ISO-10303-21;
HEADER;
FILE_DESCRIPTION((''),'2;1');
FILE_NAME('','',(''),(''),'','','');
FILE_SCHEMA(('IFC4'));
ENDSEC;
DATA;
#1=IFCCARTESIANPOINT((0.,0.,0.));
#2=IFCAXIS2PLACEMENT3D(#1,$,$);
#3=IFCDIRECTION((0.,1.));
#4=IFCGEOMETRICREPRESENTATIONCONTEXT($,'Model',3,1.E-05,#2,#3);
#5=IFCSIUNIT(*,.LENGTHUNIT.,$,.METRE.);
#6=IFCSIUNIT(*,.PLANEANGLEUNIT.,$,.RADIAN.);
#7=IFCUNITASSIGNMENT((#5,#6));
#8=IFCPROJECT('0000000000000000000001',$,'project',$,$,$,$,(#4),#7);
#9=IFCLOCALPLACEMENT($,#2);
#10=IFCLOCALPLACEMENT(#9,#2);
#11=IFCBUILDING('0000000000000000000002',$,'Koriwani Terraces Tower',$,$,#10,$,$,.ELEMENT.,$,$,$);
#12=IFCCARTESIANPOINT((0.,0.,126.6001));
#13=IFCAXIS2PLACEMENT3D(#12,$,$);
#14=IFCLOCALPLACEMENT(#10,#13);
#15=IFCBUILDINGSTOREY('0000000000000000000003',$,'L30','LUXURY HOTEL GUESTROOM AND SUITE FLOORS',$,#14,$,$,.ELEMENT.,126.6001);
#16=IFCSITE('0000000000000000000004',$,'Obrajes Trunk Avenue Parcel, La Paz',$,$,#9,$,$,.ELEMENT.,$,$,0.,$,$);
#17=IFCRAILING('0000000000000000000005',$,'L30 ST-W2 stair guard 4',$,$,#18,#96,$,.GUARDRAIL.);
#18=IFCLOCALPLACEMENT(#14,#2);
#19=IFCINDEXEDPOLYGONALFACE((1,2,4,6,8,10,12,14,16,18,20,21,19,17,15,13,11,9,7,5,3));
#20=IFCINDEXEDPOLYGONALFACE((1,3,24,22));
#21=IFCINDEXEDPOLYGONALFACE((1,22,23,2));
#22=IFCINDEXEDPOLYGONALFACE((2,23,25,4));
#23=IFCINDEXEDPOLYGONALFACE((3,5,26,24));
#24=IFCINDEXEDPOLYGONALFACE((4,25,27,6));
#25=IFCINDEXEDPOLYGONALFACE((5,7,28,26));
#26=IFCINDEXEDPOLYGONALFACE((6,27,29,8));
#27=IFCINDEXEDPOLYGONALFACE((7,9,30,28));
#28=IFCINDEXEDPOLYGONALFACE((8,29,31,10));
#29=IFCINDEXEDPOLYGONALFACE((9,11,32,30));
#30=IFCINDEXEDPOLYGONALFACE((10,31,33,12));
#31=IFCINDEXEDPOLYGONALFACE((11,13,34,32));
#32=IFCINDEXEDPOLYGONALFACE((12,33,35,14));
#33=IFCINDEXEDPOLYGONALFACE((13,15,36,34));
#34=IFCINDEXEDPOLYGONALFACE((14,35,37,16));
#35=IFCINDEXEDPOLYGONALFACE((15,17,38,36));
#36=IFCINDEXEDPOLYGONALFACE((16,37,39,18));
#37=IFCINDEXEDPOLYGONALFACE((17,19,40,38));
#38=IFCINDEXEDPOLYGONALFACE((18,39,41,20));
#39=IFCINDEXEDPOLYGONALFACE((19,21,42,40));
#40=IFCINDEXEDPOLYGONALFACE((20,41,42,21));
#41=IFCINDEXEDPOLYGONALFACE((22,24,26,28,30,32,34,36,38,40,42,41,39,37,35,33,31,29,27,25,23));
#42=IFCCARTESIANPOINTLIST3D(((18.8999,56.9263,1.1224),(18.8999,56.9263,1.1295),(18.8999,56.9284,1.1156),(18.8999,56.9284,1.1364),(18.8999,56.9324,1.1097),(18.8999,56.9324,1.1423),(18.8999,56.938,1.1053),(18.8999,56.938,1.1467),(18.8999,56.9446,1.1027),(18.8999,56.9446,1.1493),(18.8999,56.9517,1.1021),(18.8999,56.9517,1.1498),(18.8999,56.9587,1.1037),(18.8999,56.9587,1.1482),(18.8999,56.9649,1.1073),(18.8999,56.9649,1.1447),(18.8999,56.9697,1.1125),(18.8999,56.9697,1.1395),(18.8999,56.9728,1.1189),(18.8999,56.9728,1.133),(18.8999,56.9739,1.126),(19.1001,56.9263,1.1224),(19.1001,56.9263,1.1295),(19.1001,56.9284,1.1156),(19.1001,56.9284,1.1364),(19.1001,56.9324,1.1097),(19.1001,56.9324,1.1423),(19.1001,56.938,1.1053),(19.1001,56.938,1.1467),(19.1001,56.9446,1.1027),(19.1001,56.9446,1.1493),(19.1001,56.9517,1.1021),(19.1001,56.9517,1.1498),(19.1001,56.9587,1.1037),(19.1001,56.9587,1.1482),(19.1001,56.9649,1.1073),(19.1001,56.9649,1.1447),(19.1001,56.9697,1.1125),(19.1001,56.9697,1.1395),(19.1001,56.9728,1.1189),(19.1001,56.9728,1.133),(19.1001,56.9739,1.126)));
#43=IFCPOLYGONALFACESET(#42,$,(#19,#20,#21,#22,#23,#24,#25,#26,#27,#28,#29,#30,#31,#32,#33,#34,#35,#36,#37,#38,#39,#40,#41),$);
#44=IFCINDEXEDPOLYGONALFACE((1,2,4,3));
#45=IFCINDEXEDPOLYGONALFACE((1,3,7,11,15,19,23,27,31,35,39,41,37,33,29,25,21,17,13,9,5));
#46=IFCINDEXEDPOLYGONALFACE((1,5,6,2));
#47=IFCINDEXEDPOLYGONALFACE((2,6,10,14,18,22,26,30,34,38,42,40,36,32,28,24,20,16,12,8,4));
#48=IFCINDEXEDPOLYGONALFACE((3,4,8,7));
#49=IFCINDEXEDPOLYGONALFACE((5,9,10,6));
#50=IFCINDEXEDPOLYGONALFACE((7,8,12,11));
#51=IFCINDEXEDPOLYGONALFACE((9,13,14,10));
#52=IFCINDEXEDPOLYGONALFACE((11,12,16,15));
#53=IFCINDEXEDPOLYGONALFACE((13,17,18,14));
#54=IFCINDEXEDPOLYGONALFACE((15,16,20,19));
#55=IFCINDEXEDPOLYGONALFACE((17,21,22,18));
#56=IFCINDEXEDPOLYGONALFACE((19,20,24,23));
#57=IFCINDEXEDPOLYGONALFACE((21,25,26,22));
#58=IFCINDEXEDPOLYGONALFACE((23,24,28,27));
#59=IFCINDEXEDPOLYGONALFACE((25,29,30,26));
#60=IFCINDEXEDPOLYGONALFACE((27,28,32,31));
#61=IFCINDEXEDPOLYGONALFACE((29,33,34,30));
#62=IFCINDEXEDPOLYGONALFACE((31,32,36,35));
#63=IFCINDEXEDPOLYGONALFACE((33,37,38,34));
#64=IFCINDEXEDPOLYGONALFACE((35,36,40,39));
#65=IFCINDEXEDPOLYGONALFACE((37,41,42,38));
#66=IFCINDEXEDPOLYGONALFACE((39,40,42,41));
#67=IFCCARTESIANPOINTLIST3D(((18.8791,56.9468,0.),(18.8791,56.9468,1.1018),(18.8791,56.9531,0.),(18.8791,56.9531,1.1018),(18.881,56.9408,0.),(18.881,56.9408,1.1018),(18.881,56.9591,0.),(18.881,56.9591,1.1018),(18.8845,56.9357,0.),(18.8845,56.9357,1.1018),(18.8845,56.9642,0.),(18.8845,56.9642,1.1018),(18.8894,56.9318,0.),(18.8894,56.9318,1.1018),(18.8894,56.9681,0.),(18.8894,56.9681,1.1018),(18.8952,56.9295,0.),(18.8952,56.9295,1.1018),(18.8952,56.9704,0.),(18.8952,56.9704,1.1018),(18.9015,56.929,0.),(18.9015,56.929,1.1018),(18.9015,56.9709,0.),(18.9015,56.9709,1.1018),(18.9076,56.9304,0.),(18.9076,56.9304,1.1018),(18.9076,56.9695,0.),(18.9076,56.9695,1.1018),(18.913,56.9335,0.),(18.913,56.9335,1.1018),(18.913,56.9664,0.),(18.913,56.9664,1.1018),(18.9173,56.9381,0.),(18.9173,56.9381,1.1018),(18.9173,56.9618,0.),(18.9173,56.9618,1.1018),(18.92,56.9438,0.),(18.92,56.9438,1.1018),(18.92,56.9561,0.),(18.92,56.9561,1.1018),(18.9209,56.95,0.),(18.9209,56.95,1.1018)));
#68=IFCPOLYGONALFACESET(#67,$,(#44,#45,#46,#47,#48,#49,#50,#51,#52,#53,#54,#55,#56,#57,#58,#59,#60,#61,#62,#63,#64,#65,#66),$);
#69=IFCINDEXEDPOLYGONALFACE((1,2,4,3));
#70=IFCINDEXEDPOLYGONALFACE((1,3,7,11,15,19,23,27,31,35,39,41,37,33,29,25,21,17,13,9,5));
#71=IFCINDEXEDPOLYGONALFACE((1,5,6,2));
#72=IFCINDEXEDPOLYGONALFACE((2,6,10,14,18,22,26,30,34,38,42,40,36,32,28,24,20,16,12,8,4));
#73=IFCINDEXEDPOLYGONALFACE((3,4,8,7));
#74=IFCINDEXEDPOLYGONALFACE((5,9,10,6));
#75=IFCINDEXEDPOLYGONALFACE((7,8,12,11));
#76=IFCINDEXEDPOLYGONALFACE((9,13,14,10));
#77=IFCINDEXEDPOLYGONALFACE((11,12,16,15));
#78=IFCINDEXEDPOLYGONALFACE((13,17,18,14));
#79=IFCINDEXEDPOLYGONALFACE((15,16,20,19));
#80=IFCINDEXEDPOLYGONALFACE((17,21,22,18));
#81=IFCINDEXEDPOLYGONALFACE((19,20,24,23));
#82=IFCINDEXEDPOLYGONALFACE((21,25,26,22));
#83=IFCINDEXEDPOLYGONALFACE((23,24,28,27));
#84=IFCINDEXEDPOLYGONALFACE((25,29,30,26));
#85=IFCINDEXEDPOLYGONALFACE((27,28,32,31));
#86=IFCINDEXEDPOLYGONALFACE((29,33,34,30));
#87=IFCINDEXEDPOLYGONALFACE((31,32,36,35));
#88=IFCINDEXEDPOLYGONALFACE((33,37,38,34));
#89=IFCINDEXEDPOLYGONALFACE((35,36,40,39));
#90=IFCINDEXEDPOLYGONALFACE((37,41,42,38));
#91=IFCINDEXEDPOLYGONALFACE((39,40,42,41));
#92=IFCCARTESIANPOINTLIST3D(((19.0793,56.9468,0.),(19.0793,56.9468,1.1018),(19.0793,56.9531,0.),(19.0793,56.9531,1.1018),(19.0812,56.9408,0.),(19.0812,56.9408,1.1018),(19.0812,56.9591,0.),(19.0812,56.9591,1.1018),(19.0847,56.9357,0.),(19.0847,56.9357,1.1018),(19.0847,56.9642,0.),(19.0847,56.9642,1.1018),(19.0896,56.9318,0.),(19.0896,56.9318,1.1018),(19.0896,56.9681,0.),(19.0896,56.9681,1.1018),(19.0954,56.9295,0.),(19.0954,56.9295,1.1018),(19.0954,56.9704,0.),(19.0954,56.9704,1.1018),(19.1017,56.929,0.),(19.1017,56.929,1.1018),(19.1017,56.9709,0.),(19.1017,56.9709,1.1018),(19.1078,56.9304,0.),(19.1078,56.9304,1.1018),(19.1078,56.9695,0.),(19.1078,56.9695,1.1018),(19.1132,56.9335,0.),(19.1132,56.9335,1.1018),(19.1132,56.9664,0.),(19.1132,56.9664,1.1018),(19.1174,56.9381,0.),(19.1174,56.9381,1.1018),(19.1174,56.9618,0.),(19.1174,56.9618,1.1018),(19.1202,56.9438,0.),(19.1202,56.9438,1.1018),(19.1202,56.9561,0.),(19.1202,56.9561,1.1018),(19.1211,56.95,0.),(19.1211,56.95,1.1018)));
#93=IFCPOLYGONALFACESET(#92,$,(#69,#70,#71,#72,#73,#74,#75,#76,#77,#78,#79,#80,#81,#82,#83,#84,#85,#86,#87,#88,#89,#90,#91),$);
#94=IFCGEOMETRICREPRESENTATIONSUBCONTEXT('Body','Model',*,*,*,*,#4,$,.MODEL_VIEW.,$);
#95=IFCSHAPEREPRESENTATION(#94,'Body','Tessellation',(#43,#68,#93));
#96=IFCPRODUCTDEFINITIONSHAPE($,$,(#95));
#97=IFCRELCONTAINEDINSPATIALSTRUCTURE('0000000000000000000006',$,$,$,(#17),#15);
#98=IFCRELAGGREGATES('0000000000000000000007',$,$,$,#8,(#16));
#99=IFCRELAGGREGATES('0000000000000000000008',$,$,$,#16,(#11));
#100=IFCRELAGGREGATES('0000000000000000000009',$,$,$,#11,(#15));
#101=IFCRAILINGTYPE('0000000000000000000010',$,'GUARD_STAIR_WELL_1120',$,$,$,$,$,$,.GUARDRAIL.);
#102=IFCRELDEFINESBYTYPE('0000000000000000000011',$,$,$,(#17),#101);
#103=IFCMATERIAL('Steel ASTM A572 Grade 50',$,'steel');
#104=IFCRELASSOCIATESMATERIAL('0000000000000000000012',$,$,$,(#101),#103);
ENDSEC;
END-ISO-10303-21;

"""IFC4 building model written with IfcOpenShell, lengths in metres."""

from ifc_helpers import new_model, si_unit, direction, frame, origin, origin_2d, place, context, subcontext, project, spatial, circle, extrude, material, type_object, element, save


model = new_model("IFC4")

# Units and contexts
model_context = context("Model", 3, precision=1e-05, world=origin(), true_north=direction((0.0, 1.0)))
body_context = subcontext(model_context, "Body", "Model", "MODEL_VIEW")
ifc_project = project(units=[si_unit("LENGTHUNIT", "METRE"), si_unit("PLANEANGLEUNIT", "RADIAN")], contexts=[model_context])

# Site, building, storey
site_placement = place(None, origin())
site = spatial("IfcSite", under=ifc_project, at=site_placement, Name="Obrajes Trunk Avenue Parcel, La Paz", CompositionType="ELEMENT", RefElevation=0.0)
building_placement = place(site_placement, origin())
building = spatial("IfcBuilding", under=site, at=building_placement, Name="Koriwani Terraces Tower", CompositionType="ELEMENT")
storey_placement = place(building_placement, frame((0.0, 0.0, 126.6001)))
storey = spatial("IfcBuildingStorey", under=building, at=storey_placement, Name="L30", Description="LUXURY HOTEL GUESTROOM AND SUITE FLOORS", CompositionType="ELEMENT", Elevation=126.6001)

# Shared definitions
ifc_material_1 = material(Name="Steel ASTM A572 Grade 50", Category="steel")

# Railing
railing_type_1 = type_object("IfcRailingType", Name="GUARD_STAIR_WELL_1120", PredefinedType="GUARDRAIL", material=ifc_material_1)
railing_1_placement = place(storey_placement, frame((18.8999, 56.95, 0.0)))
element("IfcRailing", 1, at=railing_1_placement, inside=storey, type_object=railing_type_1, Name="L30 ST-W2 stair guard 4", PredefinedType="GUARDRAIL", context=body_context, shape_type="SweptSolid", body=[
    extrude(circle(Radius=0.0239, at=origin_2d()), frame((0.0, 0.0, 1.126), z_axis=(1.0, 0.0, 0.0), x_axis=(0.0, 1.0, 0.0)), (0.0, 0.0, 1.0), 0.2002),
    extrude(circle(Radius=0.021, at=origin_2d()), origin(), (0.0, 0.0, 1.0), 1.1018),
    extrude(circle(Radius=0.021, at=origin_2d()), frame((0.2002, 0.0, 0.0)), (0.0, 0.0, 1.0), 1.1018),
])

save(model, "model.ifc")
